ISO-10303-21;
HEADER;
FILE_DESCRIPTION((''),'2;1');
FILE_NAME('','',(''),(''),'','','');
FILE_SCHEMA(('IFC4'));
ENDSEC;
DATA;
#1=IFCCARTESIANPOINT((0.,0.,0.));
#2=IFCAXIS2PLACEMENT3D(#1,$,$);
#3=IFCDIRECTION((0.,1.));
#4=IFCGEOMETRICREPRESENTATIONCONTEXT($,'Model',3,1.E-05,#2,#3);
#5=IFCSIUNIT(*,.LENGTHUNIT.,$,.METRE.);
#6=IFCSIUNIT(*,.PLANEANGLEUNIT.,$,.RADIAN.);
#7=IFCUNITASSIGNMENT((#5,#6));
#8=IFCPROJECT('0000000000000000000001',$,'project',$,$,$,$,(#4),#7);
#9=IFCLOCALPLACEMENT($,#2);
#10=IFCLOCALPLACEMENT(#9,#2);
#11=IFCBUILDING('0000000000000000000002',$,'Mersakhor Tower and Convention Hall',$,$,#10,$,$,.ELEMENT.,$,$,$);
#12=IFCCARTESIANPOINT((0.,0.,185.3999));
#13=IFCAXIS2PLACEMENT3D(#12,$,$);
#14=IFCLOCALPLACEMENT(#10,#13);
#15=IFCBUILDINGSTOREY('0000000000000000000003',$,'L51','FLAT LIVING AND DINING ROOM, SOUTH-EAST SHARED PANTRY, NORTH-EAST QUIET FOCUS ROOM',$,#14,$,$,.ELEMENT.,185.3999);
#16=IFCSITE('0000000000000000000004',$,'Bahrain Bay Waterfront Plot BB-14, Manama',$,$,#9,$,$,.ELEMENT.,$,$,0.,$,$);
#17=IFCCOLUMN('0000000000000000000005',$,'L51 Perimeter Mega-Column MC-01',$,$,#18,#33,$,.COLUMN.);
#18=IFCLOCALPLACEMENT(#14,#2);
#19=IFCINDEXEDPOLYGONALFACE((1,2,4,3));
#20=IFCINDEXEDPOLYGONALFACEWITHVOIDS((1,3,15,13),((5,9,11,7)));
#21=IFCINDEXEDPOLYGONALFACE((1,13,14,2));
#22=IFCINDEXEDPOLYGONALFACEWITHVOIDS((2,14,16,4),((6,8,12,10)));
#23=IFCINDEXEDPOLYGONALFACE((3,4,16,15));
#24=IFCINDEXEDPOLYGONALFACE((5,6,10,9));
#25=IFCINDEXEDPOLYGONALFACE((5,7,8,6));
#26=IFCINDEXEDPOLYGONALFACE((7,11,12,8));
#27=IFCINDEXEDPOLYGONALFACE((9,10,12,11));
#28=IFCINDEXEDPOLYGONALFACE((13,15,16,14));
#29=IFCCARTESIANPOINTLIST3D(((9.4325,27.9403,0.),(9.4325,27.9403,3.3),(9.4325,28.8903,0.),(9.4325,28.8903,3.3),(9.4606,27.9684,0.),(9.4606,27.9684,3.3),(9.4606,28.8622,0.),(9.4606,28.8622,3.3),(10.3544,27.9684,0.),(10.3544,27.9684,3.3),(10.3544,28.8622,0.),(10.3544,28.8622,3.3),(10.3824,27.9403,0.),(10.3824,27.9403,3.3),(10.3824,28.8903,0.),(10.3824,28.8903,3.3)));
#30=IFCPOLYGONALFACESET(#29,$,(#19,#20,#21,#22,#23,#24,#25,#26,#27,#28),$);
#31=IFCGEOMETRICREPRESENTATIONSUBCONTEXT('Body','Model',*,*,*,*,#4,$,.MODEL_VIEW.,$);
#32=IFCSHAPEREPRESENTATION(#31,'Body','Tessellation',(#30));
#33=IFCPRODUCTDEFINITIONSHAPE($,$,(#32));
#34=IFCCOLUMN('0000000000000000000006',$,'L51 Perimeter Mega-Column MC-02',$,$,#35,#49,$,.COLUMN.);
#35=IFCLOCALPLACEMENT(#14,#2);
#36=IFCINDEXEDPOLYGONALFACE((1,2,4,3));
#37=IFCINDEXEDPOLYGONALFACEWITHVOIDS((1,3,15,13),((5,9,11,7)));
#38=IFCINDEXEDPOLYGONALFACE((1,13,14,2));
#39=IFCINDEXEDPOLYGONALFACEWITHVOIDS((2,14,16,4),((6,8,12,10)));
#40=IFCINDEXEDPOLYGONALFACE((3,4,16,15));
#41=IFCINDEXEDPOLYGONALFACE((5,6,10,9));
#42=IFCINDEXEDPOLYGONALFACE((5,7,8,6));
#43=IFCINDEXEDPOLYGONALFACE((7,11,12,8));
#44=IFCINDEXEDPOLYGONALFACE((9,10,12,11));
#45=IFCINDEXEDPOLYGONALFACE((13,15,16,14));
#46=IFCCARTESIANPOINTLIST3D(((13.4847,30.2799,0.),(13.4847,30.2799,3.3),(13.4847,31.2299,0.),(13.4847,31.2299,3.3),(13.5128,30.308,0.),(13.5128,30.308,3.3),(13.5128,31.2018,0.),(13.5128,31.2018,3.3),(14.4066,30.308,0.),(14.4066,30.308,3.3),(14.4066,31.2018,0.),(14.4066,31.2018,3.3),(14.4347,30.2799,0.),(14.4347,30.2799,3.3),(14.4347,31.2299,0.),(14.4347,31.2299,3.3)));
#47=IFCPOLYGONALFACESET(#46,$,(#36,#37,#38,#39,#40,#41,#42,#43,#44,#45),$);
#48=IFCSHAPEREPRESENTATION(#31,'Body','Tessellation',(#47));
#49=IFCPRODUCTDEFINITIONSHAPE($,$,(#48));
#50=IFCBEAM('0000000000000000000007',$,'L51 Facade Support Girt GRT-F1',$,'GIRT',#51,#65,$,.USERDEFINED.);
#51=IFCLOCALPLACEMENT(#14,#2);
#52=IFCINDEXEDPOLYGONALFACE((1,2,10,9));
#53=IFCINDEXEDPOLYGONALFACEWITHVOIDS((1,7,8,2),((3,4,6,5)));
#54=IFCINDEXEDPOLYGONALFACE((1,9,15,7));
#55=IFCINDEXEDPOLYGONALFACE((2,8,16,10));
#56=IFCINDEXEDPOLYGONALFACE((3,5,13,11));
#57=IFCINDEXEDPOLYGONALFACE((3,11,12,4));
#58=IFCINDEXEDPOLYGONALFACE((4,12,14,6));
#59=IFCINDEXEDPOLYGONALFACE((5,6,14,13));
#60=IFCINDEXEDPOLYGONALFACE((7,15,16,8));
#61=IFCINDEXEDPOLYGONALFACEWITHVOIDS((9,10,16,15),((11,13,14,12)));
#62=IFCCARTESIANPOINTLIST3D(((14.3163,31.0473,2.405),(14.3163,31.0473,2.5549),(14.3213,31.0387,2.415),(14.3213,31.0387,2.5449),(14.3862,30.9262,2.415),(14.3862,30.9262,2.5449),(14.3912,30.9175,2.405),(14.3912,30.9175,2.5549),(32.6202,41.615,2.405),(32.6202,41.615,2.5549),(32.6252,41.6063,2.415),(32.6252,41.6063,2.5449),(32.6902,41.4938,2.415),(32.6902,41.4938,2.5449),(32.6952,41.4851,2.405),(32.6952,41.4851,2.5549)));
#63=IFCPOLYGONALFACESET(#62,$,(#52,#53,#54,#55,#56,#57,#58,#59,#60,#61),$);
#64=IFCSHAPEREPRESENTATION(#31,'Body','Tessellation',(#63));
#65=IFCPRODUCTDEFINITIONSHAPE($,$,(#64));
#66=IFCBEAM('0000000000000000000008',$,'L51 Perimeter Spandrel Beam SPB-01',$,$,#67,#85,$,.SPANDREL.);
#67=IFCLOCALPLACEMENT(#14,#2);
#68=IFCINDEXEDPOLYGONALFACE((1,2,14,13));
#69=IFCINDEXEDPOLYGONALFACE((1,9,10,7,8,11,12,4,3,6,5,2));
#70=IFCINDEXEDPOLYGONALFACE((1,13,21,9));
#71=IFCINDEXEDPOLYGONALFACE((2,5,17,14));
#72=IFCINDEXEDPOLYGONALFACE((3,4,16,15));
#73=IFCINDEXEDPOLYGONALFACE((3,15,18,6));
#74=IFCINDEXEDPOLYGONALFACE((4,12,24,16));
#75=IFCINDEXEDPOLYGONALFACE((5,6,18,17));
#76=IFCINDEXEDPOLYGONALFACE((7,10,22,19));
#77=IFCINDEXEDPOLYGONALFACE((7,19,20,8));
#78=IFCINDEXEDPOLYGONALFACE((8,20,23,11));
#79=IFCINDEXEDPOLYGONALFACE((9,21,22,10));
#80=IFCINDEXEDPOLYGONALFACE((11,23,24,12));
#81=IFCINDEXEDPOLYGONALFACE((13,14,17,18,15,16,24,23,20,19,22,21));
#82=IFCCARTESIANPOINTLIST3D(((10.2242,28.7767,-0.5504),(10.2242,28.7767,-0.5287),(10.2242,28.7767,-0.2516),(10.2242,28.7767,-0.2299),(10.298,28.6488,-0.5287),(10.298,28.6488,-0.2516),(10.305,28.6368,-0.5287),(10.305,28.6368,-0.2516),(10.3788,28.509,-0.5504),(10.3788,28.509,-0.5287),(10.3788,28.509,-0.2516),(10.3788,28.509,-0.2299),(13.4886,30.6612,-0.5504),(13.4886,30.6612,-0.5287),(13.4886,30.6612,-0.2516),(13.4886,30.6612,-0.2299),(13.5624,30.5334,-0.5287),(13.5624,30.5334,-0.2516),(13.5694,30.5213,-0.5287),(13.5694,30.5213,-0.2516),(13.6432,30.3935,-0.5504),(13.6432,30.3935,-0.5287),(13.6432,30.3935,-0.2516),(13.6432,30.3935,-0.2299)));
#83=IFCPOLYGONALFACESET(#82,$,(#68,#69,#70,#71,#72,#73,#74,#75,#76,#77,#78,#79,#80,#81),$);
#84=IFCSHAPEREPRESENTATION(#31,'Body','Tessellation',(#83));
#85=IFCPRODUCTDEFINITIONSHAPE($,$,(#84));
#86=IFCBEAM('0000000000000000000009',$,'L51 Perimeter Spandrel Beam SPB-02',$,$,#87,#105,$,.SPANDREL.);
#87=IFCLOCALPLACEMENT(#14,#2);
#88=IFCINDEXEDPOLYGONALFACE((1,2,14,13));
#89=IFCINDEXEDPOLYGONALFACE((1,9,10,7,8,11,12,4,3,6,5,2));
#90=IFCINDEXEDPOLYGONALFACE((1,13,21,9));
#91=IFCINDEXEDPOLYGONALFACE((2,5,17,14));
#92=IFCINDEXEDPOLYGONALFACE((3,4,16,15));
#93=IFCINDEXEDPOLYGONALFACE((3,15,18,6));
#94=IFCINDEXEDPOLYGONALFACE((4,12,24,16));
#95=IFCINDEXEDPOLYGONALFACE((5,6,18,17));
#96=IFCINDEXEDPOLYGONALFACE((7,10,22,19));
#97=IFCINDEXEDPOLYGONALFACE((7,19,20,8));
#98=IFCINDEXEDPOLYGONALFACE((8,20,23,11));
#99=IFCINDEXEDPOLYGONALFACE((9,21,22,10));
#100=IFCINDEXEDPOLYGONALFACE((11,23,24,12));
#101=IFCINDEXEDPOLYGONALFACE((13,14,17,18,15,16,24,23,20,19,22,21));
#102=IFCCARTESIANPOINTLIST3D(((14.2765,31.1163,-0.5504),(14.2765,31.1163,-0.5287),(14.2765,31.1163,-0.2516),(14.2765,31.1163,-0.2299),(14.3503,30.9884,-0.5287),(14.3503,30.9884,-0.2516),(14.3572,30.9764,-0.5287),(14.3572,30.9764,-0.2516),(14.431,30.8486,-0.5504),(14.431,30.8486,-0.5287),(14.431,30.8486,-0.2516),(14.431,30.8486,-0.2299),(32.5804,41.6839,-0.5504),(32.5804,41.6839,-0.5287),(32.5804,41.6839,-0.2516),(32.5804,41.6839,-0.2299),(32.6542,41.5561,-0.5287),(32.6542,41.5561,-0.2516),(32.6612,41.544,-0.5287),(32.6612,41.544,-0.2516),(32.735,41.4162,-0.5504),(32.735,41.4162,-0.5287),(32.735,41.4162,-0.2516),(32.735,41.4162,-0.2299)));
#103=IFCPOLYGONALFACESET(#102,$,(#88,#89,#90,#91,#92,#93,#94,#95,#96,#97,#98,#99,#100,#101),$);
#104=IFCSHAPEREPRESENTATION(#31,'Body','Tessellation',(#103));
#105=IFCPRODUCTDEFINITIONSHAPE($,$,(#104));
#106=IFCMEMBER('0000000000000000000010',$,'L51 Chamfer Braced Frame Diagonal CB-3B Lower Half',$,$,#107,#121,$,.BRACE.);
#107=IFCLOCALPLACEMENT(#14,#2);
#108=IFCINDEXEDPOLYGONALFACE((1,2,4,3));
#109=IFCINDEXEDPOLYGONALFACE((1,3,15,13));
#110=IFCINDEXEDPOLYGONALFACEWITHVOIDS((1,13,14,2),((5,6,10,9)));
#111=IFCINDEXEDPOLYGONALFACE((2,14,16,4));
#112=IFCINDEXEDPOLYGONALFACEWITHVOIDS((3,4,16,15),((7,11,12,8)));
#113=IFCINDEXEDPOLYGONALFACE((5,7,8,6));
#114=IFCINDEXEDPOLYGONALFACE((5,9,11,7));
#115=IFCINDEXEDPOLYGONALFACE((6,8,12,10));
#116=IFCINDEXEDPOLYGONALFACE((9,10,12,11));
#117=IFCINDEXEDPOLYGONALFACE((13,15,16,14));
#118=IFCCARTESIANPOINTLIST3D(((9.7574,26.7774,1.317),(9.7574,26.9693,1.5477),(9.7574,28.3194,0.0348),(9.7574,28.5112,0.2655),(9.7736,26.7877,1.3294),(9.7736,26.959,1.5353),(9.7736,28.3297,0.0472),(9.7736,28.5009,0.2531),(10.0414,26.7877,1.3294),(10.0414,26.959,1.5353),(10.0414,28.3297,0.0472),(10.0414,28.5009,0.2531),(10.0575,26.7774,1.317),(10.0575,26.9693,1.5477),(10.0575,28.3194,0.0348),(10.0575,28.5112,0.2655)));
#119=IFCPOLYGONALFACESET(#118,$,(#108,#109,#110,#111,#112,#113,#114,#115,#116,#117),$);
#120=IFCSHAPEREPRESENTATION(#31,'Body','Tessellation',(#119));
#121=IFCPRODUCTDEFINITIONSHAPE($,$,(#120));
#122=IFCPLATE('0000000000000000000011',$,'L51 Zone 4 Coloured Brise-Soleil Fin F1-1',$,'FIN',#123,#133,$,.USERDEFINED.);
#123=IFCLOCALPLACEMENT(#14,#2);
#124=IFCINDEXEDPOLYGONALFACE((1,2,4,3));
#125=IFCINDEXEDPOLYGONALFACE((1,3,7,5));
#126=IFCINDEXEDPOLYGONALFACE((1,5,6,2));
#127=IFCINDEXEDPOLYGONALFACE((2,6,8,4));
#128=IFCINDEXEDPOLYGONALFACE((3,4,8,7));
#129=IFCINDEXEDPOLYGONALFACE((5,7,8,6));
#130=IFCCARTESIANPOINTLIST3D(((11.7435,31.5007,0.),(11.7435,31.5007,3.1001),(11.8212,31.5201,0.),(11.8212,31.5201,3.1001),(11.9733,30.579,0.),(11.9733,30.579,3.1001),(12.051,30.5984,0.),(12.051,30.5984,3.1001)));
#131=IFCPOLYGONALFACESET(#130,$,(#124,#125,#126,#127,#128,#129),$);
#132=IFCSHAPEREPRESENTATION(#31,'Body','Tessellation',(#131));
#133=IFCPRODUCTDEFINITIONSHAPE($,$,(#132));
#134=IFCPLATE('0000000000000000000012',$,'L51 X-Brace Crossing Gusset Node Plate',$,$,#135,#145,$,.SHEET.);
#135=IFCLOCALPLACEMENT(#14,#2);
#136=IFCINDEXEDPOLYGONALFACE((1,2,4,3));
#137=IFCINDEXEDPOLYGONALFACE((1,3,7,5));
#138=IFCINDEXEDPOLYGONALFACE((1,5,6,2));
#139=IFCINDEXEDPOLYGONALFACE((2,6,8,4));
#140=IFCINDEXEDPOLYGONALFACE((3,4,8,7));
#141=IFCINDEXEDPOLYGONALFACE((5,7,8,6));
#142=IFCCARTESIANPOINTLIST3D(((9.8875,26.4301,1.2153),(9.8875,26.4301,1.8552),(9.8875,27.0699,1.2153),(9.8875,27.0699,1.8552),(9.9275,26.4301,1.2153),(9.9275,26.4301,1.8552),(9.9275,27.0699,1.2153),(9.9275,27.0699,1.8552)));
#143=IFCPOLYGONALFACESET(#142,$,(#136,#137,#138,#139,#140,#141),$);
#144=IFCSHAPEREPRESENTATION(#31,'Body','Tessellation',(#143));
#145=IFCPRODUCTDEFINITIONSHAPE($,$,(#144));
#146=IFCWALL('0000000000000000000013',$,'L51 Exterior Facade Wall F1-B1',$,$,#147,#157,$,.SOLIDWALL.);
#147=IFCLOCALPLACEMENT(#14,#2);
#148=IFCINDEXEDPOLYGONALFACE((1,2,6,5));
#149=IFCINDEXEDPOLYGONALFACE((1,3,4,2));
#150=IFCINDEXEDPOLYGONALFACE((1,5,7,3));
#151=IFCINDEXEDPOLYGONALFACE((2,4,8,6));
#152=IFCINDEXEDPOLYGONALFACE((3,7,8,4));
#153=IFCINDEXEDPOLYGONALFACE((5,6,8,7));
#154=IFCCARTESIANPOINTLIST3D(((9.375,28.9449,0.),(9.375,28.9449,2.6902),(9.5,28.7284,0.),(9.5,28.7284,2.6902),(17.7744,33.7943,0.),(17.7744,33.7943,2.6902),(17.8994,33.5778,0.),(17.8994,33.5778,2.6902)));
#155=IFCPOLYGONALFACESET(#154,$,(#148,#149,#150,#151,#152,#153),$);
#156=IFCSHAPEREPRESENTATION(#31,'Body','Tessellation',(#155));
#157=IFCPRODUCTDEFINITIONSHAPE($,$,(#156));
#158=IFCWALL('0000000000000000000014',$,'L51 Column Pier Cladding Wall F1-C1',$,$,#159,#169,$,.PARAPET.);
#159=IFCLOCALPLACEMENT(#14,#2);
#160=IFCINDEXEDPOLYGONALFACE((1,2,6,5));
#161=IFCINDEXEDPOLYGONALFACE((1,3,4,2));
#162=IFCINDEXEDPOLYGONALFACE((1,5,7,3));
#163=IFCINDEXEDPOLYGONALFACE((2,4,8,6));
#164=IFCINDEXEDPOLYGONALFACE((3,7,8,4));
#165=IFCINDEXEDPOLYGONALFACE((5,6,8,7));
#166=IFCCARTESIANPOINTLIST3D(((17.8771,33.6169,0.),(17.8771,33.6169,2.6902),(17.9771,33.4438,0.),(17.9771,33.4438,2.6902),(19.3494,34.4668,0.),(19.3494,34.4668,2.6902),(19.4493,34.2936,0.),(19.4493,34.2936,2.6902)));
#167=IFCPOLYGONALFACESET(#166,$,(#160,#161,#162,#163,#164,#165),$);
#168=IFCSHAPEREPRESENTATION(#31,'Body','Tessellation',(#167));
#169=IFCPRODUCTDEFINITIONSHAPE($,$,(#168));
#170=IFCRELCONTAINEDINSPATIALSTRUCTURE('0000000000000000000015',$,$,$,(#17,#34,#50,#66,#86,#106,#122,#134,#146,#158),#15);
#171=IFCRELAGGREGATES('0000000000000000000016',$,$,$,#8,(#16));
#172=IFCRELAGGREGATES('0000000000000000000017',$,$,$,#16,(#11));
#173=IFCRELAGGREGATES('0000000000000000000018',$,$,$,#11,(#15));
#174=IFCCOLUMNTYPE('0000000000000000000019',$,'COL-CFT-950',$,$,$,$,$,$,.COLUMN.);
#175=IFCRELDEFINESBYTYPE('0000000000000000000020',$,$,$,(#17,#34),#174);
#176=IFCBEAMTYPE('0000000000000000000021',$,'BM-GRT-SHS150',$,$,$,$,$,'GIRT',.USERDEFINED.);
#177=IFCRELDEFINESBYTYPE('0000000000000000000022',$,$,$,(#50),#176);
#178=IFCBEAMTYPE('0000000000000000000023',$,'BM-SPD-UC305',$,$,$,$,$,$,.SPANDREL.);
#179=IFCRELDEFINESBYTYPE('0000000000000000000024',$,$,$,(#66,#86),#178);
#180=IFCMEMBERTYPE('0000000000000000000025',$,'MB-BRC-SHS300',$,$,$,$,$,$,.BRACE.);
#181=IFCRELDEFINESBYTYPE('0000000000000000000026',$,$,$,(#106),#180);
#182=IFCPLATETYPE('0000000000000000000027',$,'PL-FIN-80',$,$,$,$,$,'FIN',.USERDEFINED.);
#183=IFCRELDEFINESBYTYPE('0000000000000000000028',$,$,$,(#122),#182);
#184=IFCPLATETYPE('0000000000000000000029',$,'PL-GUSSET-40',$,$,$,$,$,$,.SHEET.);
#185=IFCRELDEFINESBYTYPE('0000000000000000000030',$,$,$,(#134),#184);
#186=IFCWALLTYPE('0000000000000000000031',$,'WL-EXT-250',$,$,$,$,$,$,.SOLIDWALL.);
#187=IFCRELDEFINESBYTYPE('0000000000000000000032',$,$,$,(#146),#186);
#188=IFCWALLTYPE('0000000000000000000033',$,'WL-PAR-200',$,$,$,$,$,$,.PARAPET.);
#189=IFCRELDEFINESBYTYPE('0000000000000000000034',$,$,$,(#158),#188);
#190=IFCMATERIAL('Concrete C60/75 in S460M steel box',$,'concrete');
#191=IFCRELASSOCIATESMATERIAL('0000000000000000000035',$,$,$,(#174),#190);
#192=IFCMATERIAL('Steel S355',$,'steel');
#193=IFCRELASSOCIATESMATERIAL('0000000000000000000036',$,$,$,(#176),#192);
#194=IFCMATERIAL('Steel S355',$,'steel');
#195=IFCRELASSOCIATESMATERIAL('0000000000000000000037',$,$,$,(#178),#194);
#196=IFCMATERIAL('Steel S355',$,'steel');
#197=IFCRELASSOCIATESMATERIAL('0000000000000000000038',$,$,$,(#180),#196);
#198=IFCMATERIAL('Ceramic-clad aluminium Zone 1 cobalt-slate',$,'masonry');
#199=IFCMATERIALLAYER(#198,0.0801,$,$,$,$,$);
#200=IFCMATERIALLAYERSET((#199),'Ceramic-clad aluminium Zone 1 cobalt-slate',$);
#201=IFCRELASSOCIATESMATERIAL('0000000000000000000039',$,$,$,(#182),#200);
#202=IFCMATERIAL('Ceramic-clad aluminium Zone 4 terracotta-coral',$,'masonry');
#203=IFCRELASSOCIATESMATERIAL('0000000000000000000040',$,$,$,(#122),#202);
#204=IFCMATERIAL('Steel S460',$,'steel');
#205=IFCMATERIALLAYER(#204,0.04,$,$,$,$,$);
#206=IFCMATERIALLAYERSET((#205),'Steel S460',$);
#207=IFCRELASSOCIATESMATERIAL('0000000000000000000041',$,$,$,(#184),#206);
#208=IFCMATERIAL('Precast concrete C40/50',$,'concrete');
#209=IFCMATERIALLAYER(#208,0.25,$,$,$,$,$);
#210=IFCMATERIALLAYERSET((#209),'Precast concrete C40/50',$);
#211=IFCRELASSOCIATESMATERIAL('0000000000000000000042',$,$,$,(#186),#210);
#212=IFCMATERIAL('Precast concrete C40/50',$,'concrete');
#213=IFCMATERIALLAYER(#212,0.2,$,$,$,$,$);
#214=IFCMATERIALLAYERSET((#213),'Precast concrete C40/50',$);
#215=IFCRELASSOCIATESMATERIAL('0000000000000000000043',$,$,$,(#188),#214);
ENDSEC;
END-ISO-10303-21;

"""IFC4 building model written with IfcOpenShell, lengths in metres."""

from ifc_helpers import new_model, si_unit, direction, frame, frame_2d, origin, origin_2d, place, context, subcontext, project, spatial, rectangle, hollow_rectangle, i_section, extrude, material, layer, layer_set, material_profile, profile_set, type_object, element, save


model = new_model("IFC4")

# Units and contexts
model_context = context("Model", 3, precision=1e-05, world=origin(), true_north=direction((0.0, 1.0)))
body_context = subcontext(model_context, "Body", "Model", "MODEL_VIEW")
ifc_project = project(units=[si_unit("LENGTHUNIT", "METRE"), si_unit("PLANEANGLEUNIT", "RADIAN")], contexts=[model_context])

# Site, building, storey
site_placement = place(None, origin())
site = spatial("IfcSite", under=ifc_project, at=site_placement, Name="Bahrain Bay Waterfront Plot BB-14, Manama", CompositionType="ELEMENT", RefElevation=0.0)
building_placement = place(site_placement, origin())
building = spatial("IfcBuilding", under=site, at=building_placement, Name="Mersakhor Tower and Convention Hall", CompositionType="ELEMENT")
storey_placement = place(building_placement, frame((0.0, 0.0, 185.3999)))
storey = spatial("IfcBuildingStorey", under=building, at=storey_placement, Name="L51", Description="FLAT LIVING AND DINING ROOM, SOUTH-EAST SHARED PANTRY, NORTH-EAST QUIET FOCUS ROOM", CompositionType="ELEMENT", Elevation=185.3999)

# Columns
ifc_material_1 = material(Name="Concrete C60/75 in S460M steel box", Category="concrete")
ifc_material_profile_1 = material_profile(ifc_material_1, hollow_rectangle(XDim=0.95, YDim=0.95, WallThickness=0.0281, at=origin_2d()), Name="SHS 950x950x28")
ifc_profile_set_1 = profile_set([ifc_material_profile_1], Name="Concrete C60/75 in S460M steel box")
column_type = type_object("IfcColumnType", Name="COL-CFT-950", PredefinedType="COLUMN", material=ifc_profile_set_1)
for number, where, z_axis, x_axis, name in (
    (1, (9.9075, 28.4153, 0.0), (0.0, 0.0, 1.0), (1.0, 0.0, 0.0), "L51 Perimeter Mega-Column MC-01"),
    (2, (13.9597, 30.7549, 0.0), (0.0, 0.0, 1.0), (1.0, 0.0, 0.0), "L51 Perimeter Mega-Column MC-02"),
):
    element("IfcColumn", number, at=place(storey_placement, frame(where, z_axis=z_axis, x_axis=x_axis)), inside=storey, type_object=column_type, Name=name, PredefinedType="COLUMN", context=body_context, shape_type="SweptSolid", body=[
        extrude(hollow_rectangle(XDim=0.95, YDim=0.95, WallThickness=0.0281, at=origin_2d()), origin(), (0.0, 0.0, 1.0), 3.3),
    ])

# Beams
ifc_material_2 = material(Name="Steel S355", Category="steel")
ifc_material_profile_2 = material_profile(ifc_material_2, hollow_rectangle(XDim=0.1499, YDim=0.1499, WallThickness=0.01, at=origin_2d()), Name="SHS 150x150x10")
ifc_profile_set_2 = profile_set([ifc_material_profile_2], Name="Steel S355")
beam_type_1 = type_object("IfcBeamType", Name="BM-GRT-SHS150", ElementType="GIRT", PredefinedType="USERDEFINED", material=ifc_profile_set_2)
beam_1_placement = place(storey_placement, frame((14.3538, 30.9824, 2.48), z_axis=(0.866029, 0.499994, 0.0), x_axis=(-0.499994, 0.866029, 0.0)))
element("IfcBeam", 3, at=beam_1_placement, inside=storey, type_object=beam_type_1, Name="L51 Facade Support Girt GRT-F1", ObjectType="GIRT", PredefinedType="USERDEFINED", context=body_context, shape_type="SweptSolid", body=[
    extrude(hollow_rectangle(XDim=0.1499, YDim=0.1499, WallThickness=0.01, at=origin_2d()), origin(), (0.0, 0.0, 1.0), 21.1355),
])
ifc_material_3 = material(Name="Steel S355", Category="steel")
ifc_material_profile_3 = material_profile(ifc_material_3, i_section(OverallWidth=0.3091, OverallDepth=0.3206, WebThickness=0.0139, FlangeThickness=0.0217, at=origin_2d()), Name="UC 305x305x137")
ifc_profile_set_3 = profile_set([ifc_material_profile_3], Name="Steel S355")
beam_type_2 = type_object("IfcBeamType", Name="BM-SPD-UC305", PredefinedType="SPANDREL", material=ifc_profile_set_3)
beam_2_placement = place(storey_placement, frame((10.3015, 28.6428, -0.3901), z_axis=(0.866046, 0.499964, 0.0), x_axis=(-0.499964, 0.866046, 0.0)))
element("IfcBeam", 4, at=beam_2_placement, inside=storey, type_object=beam_type_2, Name="L51 Perimeter Spandrel Beam SPB-01", PredefinedType="SPANDREL", context=body_context, shape_type="SweptSolid", body=[
    extrude(i_section(OverallWidth=0.3091, OverallDepth=0.3206, WebThickness=0.0139, FlangeThickness=0.0217, at=origin_2d()), origin(), (0.0, 0.0, 1.0), 3.7693),
])
beam_3_placement = place(storey_placement, frame((14.3538, 30.9824, -0.3901), z_axis=(0.866029, 0.499994, 0.0), x_axis=(-0.499994, 0.866029, 0.0)))
element("IfcBeam", 5, at=beam_3_placement, inside=storey, type_object=beam_type_2, Name="L51 Perimeter Spandrel Beam SPB-02", PredefinedType="SPANDREL", context=body_context, shape_type="SweptSolid", body=[
    extrude(i_section(OverallWidth=0.3091, OverallDepth=0.3206, WebThickness=0.0139, FlangeThickness=0.0217, at=origin_2d()), origin(), (0.0, 0.0, 1.0), 21.1355),
])

# Member
ifc_material_4 = material(Name="Steel S355", Category="steel")
ifc_material_profile_4 = material_profile(ifc_material_4, hollow_rectangle(XDim=0.3, YDim=0.3, WallThickness=0.0161, at=origin_2d()), Name="SHS 300x300x16")
ifc_profile_set_4 = profile_set([ifc_material_profile_4], Name="Steel S355")
member_type = type_object("IfcMemberType", Name="MB-BRC-SHS300", PredefinedType="BRACE", material=ifc_profile_set_4)
member_placement = place(storey_placement, frame((9.9075, 28.4153, 0.1501), z_axis=(0.0, -0.768899, 0.63937), x_axis=(1.0, 0.0, 0.0)))
element("IfcMember", 6, at=member_placement, inside=storey, type_object=member_type, Name="L51 Chamfer Braced Frame Diagonal CB-3B Lower Half", PredefinedType="BRACE", context=body_context, shape_type="SweptSolid", body=[
    extrude(hollow_rectangle(XDim=0.3, YDim=0.3, WallThickness=0.0161, at=origin_2d()), origin(), (0.0, 0.0, 1.0), 2.0054),
])

# Plates
ifc_material_5 = material(Name="Ceramic-clad aluminium Zone 4 terracotta-coral", Category="masonry")
ifc_material_6 = material(Name="Ceramic-clad aluminium Zone 1 cobalt-slate", Category="masonry")
ifc_layer_1 = layer(ifc_material_6, 0.0801)
ifc_layer_set_1 = layer_set([ifc_layer_1], Name="Ceramic-clad aluminium Zone 1 cobalt-slate")
plate_type_1 = type_object("IfcPlateType", Name="PL-FIN-80", ElementType="FIN", PredefinedType="USERDEFINED", material=ifc_layer_set_1)
plate_1_placement = place(storey_placement, frame((11.8972, 31.0496, 0.0), z_axis=(0.0, 0.0, 1.0), x_axis=(-0.241922, 0.970296, 0.0)))
element("IfcPlate", 7, at=plate_1_placement, inside=storey, type_object=plate_type_1, material=ifc_material_5, Name="L51 Zone 4 Coloured Brise-Soleil Fin F1-1", ObjectType="FIN", PredefinedType="USERDEFINED", context=body_context, shape_type="SweptSolid", body=[
    extrude(rectangle(XDim=0.95, YDim=0.0801, at=origin_2d()), origin(), (0.0, 0.0, 1.0), 3.1001),
])
ifc_material_7 = material(Name="Steel S460", Category="steel")
ifc_layer_2 = layer(ifc_material_7, 0.04)
ifc_layer_set_2 = layer_set([ifc_layer_2], Name="Steel S460")
plate_type_2 = type_object("IfcPlateType", Name="PL-GUSSET-40", PredefinedType="SHEET", material=ifc_layer_set_2)
plate_2_placement = place(storey_placement, frame((9.9075, 26.75, 1.2153), z_axis=(0.0, 0.0, 1.0), x_axis=(0.0, -1.0, 0.0)))
element("IfcPlate", 8, at=plate_2_placement, inside=storey, type_object=plate_type_2, Name="L51 X-Brace Crossing Gusset Node Plate", PredefinedType="SHEET", context=body_context, shape_type="SweptSolid", body=[
    extrude(rectangle(XDim=0.6399, YDim=0.04, at=origin_2d()), origin(), (0.0, 0.0, 1.0), 0.6399),
])

# Walls
ifc_material_8 = material(Name="Precast concrete C40/50", Category="concrete")
ifc_layer_3 = layer(ifc_material_8, 0.25)
ifc_layer_set_3 = layer_set([ifc_layer_3], Name="Precast concrete C40/50")
wall_type_1 = type_object("IfcWallType", Name="WL-EXT-250", PredefinedType="SOLIDWALL", material=ifc_layer_set_3)
wall_1_placement = place(storey_placement, frame((9.4375, 28.8367, 0.0), z_axis=(0.0, 0.0, 1.0), x_axis=(0.866027, 0.499997, 0.0)))
element("IfcWall", 9, at=wall_1_placement, inside=storey, type_object=wall_type_1, Name="L51 Exterior Facade Wall F1-B1", PredefinedType="SOLIDWALL", context=body_context, shape_type="SweptSolid", body=[
    extrude(rectangle(XDim=9.6987, YDim=0.25, at=frame_2d((4.8494, 0.0))), origin(), (0.0, 0.0, 1.0), 2.6902),
])
ifc_material_9 = material(Name="Precast concrete C40/50", Category="concrete")
ifc_layer_4 = layer(ifc_material_9, 0.2)
ifc_layer_set_4 = layer_set([ifc_layer_4], Name="Precast concrete C40/50")
wall_type_2 = type_object("IfcWallType", Name="WL-PAR-200", PredefinedType="PARAPET", material=ifc_layer_set_4)
wall_2_placement = place(storey_placement, frame((17.927, 33.5303, 0.0), z_axis=(0.0, 0.0, 1.0), x_axis=(0.866052, 0.499955, 0.0)))
element("IfcWall", 10, at=wall_2_placement, inside=storey, type_object=wall_type_2, Name="L51 Column Pier Cladding Wall F1-C1", PredefinedType="PARAPET", context=body_context, shape_type="SweptSolid", body=[
    extrude(rectangle(XDim=1.7, YDim=0.2, at=frame_2d((0.8501, 0.0))), origin(), (0.0, 0.0, 1.0), 2.6902),
])

save(model, "model.ifc")
